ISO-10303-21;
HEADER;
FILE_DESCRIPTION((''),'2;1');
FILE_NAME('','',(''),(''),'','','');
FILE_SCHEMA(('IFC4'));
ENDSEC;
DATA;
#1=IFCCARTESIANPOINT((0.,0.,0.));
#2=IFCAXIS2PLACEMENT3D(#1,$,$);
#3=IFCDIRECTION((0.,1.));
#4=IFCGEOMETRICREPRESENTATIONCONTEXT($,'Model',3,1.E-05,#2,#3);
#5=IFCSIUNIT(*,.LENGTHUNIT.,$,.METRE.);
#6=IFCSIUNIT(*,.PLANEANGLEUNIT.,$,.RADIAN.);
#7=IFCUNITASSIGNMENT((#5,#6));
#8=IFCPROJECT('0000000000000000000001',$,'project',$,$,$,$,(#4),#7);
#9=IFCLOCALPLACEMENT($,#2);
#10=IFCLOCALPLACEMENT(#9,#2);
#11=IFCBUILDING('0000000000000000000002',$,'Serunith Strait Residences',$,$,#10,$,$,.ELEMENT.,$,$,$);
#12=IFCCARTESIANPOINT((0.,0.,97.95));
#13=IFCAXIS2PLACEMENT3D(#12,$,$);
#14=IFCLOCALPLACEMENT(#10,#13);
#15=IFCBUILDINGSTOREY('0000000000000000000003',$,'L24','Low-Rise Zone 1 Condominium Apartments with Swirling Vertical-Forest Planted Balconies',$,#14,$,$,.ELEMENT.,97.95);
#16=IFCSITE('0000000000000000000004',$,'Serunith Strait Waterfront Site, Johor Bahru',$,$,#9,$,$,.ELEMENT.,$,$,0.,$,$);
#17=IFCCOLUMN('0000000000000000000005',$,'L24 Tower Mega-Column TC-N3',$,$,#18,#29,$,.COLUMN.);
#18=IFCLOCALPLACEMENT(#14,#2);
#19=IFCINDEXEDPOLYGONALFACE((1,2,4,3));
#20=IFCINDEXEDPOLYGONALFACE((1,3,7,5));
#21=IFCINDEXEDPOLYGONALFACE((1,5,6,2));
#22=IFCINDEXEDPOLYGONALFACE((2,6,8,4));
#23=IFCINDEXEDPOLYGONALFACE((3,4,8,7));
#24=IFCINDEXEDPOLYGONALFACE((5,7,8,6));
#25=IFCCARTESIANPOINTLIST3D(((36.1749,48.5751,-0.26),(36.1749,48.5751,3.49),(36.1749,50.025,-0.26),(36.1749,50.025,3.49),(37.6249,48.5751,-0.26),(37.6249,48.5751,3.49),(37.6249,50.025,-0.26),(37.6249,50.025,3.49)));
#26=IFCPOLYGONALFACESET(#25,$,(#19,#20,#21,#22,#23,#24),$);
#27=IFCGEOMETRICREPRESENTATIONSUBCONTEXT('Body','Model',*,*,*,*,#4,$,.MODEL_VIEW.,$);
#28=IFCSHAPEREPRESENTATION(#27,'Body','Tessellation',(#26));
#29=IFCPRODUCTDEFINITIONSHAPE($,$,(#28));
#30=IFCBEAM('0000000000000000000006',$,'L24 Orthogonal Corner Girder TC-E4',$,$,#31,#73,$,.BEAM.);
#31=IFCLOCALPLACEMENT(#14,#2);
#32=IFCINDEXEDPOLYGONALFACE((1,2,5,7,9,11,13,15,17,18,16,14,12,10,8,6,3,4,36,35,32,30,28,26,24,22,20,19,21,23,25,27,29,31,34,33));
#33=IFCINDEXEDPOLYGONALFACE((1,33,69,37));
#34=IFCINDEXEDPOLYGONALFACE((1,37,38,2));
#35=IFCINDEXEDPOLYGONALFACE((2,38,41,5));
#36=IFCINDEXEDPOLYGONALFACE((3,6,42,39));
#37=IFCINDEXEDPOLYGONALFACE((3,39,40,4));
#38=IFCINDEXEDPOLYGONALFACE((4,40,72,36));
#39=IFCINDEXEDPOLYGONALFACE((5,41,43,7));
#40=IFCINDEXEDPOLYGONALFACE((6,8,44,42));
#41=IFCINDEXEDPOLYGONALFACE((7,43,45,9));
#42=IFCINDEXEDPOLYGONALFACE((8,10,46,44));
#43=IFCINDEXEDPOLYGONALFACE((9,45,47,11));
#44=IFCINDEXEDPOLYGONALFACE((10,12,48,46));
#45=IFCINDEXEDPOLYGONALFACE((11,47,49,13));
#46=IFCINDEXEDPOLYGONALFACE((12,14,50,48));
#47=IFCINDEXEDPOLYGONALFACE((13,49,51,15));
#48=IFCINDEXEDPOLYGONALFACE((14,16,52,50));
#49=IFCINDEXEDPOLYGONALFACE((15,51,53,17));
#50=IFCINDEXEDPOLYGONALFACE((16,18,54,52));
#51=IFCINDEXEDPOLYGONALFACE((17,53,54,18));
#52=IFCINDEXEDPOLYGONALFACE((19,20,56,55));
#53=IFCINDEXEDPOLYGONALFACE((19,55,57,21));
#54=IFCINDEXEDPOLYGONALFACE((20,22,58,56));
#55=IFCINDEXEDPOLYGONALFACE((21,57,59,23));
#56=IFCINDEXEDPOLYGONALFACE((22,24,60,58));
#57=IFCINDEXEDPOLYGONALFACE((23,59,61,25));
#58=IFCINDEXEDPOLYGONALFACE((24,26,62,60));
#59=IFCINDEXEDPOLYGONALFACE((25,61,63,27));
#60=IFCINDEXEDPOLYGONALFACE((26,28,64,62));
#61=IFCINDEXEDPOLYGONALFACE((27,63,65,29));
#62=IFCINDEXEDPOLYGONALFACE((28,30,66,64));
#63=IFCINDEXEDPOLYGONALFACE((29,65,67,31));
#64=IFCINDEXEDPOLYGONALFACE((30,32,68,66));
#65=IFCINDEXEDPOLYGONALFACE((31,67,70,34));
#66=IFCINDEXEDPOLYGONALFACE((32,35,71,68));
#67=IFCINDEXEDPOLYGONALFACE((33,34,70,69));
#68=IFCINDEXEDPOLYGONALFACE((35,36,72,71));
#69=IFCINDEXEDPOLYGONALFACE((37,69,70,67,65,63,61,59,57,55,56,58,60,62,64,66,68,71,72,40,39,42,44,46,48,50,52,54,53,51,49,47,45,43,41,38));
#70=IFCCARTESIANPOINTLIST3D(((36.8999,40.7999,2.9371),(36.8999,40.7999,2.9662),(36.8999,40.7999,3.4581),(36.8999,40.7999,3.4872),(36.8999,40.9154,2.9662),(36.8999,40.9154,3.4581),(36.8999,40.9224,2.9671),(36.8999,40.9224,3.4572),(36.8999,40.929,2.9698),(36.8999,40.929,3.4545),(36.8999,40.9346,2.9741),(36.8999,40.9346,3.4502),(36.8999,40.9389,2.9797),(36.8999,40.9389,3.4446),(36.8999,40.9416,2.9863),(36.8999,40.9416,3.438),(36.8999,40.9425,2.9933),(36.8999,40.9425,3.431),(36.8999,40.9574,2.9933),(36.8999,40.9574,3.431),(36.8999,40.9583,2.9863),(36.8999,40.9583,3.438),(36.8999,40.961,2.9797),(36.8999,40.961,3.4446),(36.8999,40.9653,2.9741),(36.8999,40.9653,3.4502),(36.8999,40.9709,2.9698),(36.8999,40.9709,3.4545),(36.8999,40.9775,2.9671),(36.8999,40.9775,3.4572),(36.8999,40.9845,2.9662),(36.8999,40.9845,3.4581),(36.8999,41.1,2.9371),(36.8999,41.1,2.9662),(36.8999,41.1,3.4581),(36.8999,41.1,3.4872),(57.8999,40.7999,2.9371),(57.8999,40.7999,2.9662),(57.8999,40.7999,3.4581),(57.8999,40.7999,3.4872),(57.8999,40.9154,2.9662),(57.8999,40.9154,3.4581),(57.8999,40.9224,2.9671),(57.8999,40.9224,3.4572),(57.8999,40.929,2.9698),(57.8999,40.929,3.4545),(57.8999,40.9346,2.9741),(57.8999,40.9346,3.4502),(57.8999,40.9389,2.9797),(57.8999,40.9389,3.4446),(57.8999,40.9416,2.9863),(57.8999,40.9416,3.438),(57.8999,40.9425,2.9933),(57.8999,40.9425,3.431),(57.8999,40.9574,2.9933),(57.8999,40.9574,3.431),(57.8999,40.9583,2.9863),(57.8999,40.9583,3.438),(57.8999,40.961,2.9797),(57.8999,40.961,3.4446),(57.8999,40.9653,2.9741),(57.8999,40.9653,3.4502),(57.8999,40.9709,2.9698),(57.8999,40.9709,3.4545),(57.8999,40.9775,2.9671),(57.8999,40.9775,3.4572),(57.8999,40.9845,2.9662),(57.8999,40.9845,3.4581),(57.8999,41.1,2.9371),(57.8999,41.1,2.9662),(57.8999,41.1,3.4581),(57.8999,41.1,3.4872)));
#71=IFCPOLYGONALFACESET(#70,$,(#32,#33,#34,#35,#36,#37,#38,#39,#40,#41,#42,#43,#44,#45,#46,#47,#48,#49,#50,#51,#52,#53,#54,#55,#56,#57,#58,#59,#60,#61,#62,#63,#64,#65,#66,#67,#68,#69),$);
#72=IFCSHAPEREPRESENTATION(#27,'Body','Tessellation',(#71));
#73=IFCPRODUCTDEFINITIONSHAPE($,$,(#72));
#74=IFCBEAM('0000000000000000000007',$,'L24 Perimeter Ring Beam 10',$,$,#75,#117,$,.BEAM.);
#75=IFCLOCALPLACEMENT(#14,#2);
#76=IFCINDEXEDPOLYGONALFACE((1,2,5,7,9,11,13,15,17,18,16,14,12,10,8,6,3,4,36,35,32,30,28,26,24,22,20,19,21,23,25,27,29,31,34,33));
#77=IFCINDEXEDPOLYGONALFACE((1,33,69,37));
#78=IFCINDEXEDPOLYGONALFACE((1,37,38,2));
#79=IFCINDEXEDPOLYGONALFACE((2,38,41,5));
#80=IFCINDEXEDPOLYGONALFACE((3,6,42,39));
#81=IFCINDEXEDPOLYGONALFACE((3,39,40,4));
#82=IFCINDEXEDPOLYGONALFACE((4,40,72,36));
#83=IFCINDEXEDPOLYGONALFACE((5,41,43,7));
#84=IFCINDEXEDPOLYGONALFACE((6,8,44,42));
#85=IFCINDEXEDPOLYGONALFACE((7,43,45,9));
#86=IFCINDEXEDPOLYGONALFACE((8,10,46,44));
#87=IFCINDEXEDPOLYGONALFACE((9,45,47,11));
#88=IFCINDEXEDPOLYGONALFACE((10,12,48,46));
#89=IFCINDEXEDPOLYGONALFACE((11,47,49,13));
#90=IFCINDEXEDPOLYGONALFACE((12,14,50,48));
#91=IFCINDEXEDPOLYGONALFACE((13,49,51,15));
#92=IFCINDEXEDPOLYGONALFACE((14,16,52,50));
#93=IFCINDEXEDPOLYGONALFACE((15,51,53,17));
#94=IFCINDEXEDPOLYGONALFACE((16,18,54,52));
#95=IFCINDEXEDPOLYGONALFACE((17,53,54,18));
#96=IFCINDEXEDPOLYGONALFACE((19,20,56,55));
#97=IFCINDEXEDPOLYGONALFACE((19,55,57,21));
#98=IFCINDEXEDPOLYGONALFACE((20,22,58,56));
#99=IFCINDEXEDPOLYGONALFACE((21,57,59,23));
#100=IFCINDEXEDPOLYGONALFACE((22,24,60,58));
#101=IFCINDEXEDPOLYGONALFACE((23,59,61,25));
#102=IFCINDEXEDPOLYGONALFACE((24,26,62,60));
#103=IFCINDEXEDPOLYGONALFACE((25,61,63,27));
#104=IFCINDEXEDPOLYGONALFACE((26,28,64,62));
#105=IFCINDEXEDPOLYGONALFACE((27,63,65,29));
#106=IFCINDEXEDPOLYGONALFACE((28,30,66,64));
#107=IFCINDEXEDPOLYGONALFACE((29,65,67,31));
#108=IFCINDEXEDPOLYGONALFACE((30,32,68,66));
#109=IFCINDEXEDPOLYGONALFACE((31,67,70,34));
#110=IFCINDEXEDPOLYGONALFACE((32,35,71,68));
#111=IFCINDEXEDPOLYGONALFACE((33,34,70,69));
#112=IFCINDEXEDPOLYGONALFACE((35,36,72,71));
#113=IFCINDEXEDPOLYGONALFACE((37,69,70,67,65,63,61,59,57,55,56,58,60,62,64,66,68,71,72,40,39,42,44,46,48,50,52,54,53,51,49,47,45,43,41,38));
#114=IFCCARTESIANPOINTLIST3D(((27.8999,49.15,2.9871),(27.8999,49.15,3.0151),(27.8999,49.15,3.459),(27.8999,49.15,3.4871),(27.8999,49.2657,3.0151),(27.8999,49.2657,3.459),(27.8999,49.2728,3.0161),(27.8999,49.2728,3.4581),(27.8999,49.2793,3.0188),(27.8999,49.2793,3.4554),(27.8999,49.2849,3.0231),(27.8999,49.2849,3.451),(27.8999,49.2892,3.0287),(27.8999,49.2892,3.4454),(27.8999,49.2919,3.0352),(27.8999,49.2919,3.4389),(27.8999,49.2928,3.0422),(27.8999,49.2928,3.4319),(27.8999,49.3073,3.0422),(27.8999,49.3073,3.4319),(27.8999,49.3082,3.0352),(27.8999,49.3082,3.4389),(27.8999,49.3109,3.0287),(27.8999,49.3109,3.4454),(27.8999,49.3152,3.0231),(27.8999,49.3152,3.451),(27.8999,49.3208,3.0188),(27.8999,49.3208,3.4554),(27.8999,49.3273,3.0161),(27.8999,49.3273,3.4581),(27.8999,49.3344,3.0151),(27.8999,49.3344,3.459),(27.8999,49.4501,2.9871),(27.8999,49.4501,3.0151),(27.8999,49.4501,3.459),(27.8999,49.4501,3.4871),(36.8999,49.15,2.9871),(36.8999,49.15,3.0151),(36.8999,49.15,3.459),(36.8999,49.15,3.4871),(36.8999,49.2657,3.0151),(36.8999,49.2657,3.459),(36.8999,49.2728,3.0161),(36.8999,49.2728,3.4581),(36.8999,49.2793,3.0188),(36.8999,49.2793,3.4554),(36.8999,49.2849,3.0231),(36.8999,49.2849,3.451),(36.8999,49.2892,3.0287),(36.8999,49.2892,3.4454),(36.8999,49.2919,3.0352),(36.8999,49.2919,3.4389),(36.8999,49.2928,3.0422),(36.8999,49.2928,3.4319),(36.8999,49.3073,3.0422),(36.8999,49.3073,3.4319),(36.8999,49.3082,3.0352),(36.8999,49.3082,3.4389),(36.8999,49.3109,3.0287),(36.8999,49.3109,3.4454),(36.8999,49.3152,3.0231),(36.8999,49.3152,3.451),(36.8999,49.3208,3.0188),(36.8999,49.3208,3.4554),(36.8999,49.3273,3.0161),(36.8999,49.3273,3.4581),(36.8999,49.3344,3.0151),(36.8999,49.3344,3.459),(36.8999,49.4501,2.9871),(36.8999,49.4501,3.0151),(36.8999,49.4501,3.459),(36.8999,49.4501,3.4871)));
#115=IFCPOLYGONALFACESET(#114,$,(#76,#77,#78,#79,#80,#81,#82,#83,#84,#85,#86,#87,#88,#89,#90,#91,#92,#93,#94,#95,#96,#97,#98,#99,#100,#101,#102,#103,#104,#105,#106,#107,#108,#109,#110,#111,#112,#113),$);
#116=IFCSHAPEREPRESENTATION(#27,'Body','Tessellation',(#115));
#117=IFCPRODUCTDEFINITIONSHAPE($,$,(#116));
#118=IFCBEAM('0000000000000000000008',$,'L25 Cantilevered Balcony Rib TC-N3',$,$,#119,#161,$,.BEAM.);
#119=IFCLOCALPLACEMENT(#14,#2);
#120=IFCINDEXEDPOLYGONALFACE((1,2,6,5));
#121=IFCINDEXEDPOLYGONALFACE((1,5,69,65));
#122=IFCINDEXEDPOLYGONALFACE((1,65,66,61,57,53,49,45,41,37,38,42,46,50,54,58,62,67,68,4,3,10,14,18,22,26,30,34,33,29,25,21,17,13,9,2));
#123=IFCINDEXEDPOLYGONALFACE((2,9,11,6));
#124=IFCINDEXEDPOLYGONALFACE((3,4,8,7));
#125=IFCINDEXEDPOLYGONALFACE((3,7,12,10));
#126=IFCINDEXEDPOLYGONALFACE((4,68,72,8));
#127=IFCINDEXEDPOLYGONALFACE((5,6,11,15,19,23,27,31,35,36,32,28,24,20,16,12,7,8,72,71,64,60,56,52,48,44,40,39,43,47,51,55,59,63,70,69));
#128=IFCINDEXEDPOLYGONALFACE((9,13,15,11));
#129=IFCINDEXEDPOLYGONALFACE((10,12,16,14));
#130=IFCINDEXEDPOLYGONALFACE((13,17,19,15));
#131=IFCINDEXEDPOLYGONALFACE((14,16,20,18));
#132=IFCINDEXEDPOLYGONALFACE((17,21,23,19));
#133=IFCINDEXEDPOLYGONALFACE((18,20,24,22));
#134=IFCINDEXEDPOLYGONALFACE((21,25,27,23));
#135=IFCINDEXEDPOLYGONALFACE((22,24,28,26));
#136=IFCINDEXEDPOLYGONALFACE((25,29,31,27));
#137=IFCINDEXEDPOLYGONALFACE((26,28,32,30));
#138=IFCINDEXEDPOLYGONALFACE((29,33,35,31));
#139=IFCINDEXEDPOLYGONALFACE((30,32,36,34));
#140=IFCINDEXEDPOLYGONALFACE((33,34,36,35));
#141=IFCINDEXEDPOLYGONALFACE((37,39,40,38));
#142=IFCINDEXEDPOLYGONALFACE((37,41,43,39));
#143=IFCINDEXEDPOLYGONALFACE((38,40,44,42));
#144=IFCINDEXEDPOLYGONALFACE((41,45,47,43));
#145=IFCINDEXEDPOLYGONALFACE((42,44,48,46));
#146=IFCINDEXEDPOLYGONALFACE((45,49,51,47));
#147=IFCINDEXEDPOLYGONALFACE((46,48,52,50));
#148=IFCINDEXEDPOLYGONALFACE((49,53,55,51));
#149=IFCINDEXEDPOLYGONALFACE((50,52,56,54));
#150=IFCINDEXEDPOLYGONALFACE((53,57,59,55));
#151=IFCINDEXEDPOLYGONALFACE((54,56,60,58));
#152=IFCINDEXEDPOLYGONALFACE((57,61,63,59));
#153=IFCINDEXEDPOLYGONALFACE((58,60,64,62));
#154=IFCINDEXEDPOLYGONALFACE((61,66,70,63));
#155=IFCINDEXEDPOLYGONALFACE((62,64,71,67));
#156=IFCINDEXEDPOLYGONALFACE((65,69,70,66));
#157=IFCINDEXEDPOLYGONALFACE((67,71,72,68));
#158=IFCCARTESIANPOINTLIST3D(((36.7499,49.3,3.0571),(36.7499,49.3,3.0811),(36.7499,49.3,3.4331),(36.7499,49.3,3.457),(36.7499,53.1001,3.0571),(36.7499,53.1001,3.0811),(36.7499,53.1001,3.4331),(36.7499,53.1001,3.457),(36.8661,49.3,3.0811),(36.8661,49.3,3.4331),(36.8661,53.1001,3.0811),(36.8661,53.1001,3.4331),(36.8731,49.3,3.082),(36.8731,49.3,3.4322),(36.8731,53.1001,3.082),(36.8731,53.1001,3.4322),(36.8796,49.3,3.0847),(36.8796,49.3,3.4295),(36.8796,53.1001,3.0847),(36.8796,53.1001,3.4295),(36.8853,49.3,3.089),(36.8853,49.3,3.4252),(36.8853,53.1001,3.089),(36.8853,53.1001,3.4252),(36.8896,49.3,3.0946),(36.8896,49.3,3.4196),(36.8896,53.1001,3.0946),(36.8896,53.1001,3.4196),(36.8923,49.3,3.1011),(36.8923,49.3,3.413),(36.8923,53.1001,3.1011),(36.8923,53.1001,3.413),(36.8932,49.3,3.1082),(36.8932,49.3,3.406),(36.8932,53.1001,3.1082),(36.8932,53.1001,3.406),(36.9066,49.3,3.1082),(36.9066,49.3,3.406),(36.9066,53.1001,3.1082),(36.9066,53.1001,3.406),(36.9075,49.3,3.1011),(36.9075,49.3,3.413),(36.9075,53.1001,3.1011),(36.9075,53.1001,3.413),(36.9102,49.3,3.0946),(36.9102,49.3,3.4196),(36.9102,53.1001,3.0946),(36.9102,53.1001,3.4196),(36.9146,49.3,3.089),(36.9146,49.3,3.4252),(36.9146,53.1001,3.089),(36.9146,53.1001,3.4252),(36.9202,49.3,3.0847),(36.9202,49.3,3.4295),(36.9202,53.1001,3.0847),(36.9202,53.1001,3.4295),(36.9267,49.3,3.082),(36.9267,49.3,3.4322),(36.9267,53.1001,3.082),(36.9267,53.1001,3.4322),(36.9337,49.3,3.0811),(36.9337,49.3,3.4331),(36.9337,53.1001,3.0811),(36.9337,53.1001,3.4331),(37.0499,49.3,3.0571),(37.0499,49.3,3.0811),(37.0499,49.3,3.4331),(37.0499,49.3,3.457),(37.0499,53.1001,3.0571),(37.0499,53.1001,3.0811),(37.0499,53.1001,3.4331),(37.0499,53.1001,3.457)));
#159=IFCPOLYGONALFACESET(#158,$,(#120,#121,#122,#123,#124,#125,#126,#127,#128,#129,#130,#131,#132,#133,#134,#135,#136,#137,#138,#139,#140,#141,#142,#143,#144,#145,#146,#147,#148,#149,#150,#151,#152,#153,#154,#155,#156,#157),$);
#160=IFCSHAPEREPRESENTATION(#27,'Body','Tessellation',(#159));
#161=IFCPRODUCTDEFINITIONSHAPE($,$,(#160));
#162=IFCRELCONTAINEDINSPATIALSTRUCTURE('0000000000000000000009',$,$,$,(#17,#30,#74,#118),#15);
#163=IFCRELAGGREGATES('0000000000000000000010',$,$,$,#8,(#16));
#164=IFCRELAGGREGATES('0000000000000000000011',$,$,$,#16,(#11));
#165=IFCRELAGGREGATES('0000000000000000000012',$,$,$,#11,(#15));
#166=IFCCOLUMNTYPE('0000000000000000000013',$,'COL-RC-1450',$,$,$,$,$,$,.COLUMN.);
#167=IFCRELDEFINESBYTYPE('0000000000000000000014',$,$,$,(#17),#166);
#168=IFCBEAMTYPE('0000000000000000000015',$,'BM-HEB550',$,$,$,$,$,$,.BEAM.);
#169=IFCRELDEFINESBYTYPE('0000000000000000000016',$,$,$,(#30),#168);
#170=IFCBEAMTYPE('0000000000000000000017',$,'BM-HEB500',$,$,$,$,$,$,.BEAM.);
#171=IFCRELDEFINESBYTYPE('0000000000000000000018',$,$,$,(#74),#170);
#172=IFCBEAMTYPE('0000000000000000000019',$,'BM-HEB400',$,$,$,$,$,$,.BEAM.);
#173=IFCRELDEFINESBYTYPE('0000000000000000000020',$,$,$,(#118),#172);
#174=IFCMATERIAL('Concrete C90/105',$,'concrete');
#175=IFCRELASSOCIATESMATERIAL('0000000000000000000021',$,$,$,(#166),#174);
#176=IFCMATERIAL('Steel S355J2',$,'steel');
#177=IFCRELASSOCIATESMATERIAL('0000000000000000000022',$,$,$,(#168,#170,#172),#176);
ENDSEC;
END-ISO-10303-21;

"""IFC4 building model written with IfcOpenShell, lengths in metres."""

from ifc_helpers import new_model, si_unit, direction, frame, origin, origin_2d, place, context, subcontext, project, spatial, rectangle, i_section, extrude, source, transform, mapped, material, material_profile, profile_set, type_object, element, save


model = new_model("IFC4")

# Units and contexts
model_context = context("Model", 3, precision=1e-05, world=origin(), true_north=direction((0.0, 1.0)))
body_context = subcontext(model_context, "Body", "Model", "MODEL_VIEW")
ifc_project = project(units=[si_unit("LENGTHUNIT", "METRE"), si_unit("PLANEANGLEUNIT", "RADIAN")], contexts=[model_context])

# Site, building, storey
site_placement = place(None, origin())
site = spatial("IfcSite", under=ifc_project, at=site_placement, Name="Serunith Strait Waterfront Site, Johor Bahru", CompositionType="ELEMENT", RefElevation=0.0)
building_placement = place(site_placement, origin())
building = spatial("IfcBuilding", under=site, at=building_placement, Name="Serunith Strait Residences", CompositionType="ELEMENT")
storey_placement = place(building_placement, frame((0.0, 0.0, 97.95)))
storey = spatial("IfcBuildingStorey", under=building, at=storey_placement, Name="L24", Description="Low-Rise Zone 1 Condominium Apartments with Swirling Vertical-Forest Planted Balconies", CompositionType="ELEMENT", Elevation=97.95)

# Column
ifc_material_1 = material(Name="Concrete C90/105", Category="concrete")
ifc_material_profile_1 = material_profile(ifc_material_1, rectangle(XDim=1.45, YDim=1.45, at=origin_2d()), Name="RC 1450x1450")
ifc_profile_set_1 = profile_set([ifc_material_profile_1], Name="Concrete C90/105")
column_type = type_object("IfcColumnType", Name="COL-RC-1450", PredefinedType="COLUMN", material=ifc_profile_set_1)
shared_shape_1 = source(origin(), body_context, "Body", "SweptSolid", [
    extrude(rectangle(XDim=1.45, YDim=1.45, at=origin_2d()), origin(), (0.0, 0.0, 1.0), 3.75),
])
column_placement = place(storey_placement, frame((36.8999, 49.3, -0.26), z_axis=(0.0, 0.0, 1.0), x_axis=(1.0, 0.0, 0.0)))
element("IfcColumn", 1, at=column_placement, inside=storey, type_object=column_type, Name="L24 Tower Mega-Column TC-N3", PredefinedType="COLUMN", context=body_context, shape_type="MappedRepresentation", body=[
    mapped(shared_shape_1, transform((0.0, 0.0, 0.0), scale=1.0)),
])

# Beams
ifc_material_2 = material(Name="Steel S355J2", Category="steel")
ifc_material_profile_2 = material_profile(ifc_material_2, i_section(OverallWidth=0.3, OverallDepth=0.55, WebThickness=0.0149, FlangeThickness=0.0291, FilletRadius=0.0271, at=origin_2d()), Name="HEB 550")
ifc_profile_set_2 = profile_set([ifc_material_profile_2], Name="Steel S355J2")
beam_type_1 = type_object("IfcBeamType", Name="BM-HEB550", PredefinedType="BEAM", material=ifc_profile_set_2)
shared_shape_2 = source(origin(), body_context, "Body", "SweptSolid", [
    extrude(i_section(OverallWidth=0.3, OverallDepth=0.55, WebThickness=0.0149, FlangeThickness=0.0291, FilletRadius=0.0271, at=origin_2d()), origin(), (0.0, 0.0, 1.0), 21.0),
])
beam_1_placement = place(storey_placement, frame((36.8999, 40.95, 3.2122), z_axis=(1.0, 0.0, 0.0), x_axis=(0.0, 1.0, 0.0)))
element("IfcBeam", 2, at=beam_1_placement, inside=storey, type_object=beam_type_1, Name="L24 Orthogonal Corner Girder TC-E4", PredefinedType="BEAM", context=body_context, shape_type="MappedRepresentation", body=[
    mapped(shared_shape_2, transform((0.0, 0.0, 0.0), scale=1.0)),
])
ifc_material_profile_3 = material_profile(ifc_material_2, i_section(OverallWidth=0.3, OverallDepth=0.5, WebThickness=0.0144, FlangeThickness=0.0281, FilletRadius=0.0271, at=origin_2d()), Name="HEB 500")
ifc_profile_set_3 = profile_set([ifc_material_profile_3], Name="Steel S355J2")
beam_type_2 = type_object("IfcBeamType", Name="BM-HEB500", PredefinedType="BEAM", material=ifc_profile_set_3)
shared_shape_3 = source(origin(), body_context, "Body", "SweptSolid", [
    extrude(i_section(OverallWidth=0.3, OverallDepth=0.5, WebThickness=0.0144, FlangeThickness=0.0281, FilletRadius=0.0271, at=origin_2d()), origin(), (0.0, 0.0, 1.0), 9.0),
])
beam_2_placement = place(storey_placement, frame((36.8999, 49.3, 3.2371), z_axis=(-1.0, 0.0, 0.0), x_axis=(0.0, -1.0, 0.0)))
element("IfcBeam", 3, at=beam_2_placement, inside=storey, type_object=beam_type_2, Name="L24 Perimeter Ring Beam 10", PredefinedType="BEAM", context=body_context, shape_type="MappedRepresentation", body=[
    mapped(shared_shape_3, transform((0.0, 0.0, 0.0), scale=1.0)),
])
ifc_material_profile_4 = material_profile(ifc_material_2, i_section(OverallWidth=0.3, OverallDepth=0.3999, WebThickness=0.0134, FlangeThickness=0.0239, FilletRadius=0.0271, at=origin_2d()), Name="HEB 400")
ifc_profile_set_4 = profile_set([ifc_material_profile_4], Name="Steel S355J2")
beam_type_3 = type_object("IfcBeamType", Name="BM-HEB400", PredefinedType="BEAM", material=ifc_profile_set_4)
shared_shape_4 = source(origin(), body_context, "Body", "SweptSolid", [
    extrude(i_section(OverallWidth=0.3, OverallDepth=0.3999, WebThickness=0.0134, FlangeThickness=0.0239, FilletRadius=0.0271, at=origin_2d()), origin(), (0.0, 0.0, 1.0), 3.8),
])
beam_3_placement = place(storey_placement, frame((36.8999, 49.3, 3.2571), z_axis=(0.0, 1.0, 0.0), x_axis=(-1.0, 0.0, 0.0)))
element("IfcBeam", 4, at=beam_3_placement, inside=storey, type_object=beam_type_3, Name="L25 Cantilevered Balcony Rib TC-N3", PredefinedType="BEAM", context=body_context, shape_type="MappedRepresentation", body=[
    mapped(shared_shape_4, transform((0.0, 0.0, 0.0), scale=1.0)),
])

save(model, "model.ifc")
